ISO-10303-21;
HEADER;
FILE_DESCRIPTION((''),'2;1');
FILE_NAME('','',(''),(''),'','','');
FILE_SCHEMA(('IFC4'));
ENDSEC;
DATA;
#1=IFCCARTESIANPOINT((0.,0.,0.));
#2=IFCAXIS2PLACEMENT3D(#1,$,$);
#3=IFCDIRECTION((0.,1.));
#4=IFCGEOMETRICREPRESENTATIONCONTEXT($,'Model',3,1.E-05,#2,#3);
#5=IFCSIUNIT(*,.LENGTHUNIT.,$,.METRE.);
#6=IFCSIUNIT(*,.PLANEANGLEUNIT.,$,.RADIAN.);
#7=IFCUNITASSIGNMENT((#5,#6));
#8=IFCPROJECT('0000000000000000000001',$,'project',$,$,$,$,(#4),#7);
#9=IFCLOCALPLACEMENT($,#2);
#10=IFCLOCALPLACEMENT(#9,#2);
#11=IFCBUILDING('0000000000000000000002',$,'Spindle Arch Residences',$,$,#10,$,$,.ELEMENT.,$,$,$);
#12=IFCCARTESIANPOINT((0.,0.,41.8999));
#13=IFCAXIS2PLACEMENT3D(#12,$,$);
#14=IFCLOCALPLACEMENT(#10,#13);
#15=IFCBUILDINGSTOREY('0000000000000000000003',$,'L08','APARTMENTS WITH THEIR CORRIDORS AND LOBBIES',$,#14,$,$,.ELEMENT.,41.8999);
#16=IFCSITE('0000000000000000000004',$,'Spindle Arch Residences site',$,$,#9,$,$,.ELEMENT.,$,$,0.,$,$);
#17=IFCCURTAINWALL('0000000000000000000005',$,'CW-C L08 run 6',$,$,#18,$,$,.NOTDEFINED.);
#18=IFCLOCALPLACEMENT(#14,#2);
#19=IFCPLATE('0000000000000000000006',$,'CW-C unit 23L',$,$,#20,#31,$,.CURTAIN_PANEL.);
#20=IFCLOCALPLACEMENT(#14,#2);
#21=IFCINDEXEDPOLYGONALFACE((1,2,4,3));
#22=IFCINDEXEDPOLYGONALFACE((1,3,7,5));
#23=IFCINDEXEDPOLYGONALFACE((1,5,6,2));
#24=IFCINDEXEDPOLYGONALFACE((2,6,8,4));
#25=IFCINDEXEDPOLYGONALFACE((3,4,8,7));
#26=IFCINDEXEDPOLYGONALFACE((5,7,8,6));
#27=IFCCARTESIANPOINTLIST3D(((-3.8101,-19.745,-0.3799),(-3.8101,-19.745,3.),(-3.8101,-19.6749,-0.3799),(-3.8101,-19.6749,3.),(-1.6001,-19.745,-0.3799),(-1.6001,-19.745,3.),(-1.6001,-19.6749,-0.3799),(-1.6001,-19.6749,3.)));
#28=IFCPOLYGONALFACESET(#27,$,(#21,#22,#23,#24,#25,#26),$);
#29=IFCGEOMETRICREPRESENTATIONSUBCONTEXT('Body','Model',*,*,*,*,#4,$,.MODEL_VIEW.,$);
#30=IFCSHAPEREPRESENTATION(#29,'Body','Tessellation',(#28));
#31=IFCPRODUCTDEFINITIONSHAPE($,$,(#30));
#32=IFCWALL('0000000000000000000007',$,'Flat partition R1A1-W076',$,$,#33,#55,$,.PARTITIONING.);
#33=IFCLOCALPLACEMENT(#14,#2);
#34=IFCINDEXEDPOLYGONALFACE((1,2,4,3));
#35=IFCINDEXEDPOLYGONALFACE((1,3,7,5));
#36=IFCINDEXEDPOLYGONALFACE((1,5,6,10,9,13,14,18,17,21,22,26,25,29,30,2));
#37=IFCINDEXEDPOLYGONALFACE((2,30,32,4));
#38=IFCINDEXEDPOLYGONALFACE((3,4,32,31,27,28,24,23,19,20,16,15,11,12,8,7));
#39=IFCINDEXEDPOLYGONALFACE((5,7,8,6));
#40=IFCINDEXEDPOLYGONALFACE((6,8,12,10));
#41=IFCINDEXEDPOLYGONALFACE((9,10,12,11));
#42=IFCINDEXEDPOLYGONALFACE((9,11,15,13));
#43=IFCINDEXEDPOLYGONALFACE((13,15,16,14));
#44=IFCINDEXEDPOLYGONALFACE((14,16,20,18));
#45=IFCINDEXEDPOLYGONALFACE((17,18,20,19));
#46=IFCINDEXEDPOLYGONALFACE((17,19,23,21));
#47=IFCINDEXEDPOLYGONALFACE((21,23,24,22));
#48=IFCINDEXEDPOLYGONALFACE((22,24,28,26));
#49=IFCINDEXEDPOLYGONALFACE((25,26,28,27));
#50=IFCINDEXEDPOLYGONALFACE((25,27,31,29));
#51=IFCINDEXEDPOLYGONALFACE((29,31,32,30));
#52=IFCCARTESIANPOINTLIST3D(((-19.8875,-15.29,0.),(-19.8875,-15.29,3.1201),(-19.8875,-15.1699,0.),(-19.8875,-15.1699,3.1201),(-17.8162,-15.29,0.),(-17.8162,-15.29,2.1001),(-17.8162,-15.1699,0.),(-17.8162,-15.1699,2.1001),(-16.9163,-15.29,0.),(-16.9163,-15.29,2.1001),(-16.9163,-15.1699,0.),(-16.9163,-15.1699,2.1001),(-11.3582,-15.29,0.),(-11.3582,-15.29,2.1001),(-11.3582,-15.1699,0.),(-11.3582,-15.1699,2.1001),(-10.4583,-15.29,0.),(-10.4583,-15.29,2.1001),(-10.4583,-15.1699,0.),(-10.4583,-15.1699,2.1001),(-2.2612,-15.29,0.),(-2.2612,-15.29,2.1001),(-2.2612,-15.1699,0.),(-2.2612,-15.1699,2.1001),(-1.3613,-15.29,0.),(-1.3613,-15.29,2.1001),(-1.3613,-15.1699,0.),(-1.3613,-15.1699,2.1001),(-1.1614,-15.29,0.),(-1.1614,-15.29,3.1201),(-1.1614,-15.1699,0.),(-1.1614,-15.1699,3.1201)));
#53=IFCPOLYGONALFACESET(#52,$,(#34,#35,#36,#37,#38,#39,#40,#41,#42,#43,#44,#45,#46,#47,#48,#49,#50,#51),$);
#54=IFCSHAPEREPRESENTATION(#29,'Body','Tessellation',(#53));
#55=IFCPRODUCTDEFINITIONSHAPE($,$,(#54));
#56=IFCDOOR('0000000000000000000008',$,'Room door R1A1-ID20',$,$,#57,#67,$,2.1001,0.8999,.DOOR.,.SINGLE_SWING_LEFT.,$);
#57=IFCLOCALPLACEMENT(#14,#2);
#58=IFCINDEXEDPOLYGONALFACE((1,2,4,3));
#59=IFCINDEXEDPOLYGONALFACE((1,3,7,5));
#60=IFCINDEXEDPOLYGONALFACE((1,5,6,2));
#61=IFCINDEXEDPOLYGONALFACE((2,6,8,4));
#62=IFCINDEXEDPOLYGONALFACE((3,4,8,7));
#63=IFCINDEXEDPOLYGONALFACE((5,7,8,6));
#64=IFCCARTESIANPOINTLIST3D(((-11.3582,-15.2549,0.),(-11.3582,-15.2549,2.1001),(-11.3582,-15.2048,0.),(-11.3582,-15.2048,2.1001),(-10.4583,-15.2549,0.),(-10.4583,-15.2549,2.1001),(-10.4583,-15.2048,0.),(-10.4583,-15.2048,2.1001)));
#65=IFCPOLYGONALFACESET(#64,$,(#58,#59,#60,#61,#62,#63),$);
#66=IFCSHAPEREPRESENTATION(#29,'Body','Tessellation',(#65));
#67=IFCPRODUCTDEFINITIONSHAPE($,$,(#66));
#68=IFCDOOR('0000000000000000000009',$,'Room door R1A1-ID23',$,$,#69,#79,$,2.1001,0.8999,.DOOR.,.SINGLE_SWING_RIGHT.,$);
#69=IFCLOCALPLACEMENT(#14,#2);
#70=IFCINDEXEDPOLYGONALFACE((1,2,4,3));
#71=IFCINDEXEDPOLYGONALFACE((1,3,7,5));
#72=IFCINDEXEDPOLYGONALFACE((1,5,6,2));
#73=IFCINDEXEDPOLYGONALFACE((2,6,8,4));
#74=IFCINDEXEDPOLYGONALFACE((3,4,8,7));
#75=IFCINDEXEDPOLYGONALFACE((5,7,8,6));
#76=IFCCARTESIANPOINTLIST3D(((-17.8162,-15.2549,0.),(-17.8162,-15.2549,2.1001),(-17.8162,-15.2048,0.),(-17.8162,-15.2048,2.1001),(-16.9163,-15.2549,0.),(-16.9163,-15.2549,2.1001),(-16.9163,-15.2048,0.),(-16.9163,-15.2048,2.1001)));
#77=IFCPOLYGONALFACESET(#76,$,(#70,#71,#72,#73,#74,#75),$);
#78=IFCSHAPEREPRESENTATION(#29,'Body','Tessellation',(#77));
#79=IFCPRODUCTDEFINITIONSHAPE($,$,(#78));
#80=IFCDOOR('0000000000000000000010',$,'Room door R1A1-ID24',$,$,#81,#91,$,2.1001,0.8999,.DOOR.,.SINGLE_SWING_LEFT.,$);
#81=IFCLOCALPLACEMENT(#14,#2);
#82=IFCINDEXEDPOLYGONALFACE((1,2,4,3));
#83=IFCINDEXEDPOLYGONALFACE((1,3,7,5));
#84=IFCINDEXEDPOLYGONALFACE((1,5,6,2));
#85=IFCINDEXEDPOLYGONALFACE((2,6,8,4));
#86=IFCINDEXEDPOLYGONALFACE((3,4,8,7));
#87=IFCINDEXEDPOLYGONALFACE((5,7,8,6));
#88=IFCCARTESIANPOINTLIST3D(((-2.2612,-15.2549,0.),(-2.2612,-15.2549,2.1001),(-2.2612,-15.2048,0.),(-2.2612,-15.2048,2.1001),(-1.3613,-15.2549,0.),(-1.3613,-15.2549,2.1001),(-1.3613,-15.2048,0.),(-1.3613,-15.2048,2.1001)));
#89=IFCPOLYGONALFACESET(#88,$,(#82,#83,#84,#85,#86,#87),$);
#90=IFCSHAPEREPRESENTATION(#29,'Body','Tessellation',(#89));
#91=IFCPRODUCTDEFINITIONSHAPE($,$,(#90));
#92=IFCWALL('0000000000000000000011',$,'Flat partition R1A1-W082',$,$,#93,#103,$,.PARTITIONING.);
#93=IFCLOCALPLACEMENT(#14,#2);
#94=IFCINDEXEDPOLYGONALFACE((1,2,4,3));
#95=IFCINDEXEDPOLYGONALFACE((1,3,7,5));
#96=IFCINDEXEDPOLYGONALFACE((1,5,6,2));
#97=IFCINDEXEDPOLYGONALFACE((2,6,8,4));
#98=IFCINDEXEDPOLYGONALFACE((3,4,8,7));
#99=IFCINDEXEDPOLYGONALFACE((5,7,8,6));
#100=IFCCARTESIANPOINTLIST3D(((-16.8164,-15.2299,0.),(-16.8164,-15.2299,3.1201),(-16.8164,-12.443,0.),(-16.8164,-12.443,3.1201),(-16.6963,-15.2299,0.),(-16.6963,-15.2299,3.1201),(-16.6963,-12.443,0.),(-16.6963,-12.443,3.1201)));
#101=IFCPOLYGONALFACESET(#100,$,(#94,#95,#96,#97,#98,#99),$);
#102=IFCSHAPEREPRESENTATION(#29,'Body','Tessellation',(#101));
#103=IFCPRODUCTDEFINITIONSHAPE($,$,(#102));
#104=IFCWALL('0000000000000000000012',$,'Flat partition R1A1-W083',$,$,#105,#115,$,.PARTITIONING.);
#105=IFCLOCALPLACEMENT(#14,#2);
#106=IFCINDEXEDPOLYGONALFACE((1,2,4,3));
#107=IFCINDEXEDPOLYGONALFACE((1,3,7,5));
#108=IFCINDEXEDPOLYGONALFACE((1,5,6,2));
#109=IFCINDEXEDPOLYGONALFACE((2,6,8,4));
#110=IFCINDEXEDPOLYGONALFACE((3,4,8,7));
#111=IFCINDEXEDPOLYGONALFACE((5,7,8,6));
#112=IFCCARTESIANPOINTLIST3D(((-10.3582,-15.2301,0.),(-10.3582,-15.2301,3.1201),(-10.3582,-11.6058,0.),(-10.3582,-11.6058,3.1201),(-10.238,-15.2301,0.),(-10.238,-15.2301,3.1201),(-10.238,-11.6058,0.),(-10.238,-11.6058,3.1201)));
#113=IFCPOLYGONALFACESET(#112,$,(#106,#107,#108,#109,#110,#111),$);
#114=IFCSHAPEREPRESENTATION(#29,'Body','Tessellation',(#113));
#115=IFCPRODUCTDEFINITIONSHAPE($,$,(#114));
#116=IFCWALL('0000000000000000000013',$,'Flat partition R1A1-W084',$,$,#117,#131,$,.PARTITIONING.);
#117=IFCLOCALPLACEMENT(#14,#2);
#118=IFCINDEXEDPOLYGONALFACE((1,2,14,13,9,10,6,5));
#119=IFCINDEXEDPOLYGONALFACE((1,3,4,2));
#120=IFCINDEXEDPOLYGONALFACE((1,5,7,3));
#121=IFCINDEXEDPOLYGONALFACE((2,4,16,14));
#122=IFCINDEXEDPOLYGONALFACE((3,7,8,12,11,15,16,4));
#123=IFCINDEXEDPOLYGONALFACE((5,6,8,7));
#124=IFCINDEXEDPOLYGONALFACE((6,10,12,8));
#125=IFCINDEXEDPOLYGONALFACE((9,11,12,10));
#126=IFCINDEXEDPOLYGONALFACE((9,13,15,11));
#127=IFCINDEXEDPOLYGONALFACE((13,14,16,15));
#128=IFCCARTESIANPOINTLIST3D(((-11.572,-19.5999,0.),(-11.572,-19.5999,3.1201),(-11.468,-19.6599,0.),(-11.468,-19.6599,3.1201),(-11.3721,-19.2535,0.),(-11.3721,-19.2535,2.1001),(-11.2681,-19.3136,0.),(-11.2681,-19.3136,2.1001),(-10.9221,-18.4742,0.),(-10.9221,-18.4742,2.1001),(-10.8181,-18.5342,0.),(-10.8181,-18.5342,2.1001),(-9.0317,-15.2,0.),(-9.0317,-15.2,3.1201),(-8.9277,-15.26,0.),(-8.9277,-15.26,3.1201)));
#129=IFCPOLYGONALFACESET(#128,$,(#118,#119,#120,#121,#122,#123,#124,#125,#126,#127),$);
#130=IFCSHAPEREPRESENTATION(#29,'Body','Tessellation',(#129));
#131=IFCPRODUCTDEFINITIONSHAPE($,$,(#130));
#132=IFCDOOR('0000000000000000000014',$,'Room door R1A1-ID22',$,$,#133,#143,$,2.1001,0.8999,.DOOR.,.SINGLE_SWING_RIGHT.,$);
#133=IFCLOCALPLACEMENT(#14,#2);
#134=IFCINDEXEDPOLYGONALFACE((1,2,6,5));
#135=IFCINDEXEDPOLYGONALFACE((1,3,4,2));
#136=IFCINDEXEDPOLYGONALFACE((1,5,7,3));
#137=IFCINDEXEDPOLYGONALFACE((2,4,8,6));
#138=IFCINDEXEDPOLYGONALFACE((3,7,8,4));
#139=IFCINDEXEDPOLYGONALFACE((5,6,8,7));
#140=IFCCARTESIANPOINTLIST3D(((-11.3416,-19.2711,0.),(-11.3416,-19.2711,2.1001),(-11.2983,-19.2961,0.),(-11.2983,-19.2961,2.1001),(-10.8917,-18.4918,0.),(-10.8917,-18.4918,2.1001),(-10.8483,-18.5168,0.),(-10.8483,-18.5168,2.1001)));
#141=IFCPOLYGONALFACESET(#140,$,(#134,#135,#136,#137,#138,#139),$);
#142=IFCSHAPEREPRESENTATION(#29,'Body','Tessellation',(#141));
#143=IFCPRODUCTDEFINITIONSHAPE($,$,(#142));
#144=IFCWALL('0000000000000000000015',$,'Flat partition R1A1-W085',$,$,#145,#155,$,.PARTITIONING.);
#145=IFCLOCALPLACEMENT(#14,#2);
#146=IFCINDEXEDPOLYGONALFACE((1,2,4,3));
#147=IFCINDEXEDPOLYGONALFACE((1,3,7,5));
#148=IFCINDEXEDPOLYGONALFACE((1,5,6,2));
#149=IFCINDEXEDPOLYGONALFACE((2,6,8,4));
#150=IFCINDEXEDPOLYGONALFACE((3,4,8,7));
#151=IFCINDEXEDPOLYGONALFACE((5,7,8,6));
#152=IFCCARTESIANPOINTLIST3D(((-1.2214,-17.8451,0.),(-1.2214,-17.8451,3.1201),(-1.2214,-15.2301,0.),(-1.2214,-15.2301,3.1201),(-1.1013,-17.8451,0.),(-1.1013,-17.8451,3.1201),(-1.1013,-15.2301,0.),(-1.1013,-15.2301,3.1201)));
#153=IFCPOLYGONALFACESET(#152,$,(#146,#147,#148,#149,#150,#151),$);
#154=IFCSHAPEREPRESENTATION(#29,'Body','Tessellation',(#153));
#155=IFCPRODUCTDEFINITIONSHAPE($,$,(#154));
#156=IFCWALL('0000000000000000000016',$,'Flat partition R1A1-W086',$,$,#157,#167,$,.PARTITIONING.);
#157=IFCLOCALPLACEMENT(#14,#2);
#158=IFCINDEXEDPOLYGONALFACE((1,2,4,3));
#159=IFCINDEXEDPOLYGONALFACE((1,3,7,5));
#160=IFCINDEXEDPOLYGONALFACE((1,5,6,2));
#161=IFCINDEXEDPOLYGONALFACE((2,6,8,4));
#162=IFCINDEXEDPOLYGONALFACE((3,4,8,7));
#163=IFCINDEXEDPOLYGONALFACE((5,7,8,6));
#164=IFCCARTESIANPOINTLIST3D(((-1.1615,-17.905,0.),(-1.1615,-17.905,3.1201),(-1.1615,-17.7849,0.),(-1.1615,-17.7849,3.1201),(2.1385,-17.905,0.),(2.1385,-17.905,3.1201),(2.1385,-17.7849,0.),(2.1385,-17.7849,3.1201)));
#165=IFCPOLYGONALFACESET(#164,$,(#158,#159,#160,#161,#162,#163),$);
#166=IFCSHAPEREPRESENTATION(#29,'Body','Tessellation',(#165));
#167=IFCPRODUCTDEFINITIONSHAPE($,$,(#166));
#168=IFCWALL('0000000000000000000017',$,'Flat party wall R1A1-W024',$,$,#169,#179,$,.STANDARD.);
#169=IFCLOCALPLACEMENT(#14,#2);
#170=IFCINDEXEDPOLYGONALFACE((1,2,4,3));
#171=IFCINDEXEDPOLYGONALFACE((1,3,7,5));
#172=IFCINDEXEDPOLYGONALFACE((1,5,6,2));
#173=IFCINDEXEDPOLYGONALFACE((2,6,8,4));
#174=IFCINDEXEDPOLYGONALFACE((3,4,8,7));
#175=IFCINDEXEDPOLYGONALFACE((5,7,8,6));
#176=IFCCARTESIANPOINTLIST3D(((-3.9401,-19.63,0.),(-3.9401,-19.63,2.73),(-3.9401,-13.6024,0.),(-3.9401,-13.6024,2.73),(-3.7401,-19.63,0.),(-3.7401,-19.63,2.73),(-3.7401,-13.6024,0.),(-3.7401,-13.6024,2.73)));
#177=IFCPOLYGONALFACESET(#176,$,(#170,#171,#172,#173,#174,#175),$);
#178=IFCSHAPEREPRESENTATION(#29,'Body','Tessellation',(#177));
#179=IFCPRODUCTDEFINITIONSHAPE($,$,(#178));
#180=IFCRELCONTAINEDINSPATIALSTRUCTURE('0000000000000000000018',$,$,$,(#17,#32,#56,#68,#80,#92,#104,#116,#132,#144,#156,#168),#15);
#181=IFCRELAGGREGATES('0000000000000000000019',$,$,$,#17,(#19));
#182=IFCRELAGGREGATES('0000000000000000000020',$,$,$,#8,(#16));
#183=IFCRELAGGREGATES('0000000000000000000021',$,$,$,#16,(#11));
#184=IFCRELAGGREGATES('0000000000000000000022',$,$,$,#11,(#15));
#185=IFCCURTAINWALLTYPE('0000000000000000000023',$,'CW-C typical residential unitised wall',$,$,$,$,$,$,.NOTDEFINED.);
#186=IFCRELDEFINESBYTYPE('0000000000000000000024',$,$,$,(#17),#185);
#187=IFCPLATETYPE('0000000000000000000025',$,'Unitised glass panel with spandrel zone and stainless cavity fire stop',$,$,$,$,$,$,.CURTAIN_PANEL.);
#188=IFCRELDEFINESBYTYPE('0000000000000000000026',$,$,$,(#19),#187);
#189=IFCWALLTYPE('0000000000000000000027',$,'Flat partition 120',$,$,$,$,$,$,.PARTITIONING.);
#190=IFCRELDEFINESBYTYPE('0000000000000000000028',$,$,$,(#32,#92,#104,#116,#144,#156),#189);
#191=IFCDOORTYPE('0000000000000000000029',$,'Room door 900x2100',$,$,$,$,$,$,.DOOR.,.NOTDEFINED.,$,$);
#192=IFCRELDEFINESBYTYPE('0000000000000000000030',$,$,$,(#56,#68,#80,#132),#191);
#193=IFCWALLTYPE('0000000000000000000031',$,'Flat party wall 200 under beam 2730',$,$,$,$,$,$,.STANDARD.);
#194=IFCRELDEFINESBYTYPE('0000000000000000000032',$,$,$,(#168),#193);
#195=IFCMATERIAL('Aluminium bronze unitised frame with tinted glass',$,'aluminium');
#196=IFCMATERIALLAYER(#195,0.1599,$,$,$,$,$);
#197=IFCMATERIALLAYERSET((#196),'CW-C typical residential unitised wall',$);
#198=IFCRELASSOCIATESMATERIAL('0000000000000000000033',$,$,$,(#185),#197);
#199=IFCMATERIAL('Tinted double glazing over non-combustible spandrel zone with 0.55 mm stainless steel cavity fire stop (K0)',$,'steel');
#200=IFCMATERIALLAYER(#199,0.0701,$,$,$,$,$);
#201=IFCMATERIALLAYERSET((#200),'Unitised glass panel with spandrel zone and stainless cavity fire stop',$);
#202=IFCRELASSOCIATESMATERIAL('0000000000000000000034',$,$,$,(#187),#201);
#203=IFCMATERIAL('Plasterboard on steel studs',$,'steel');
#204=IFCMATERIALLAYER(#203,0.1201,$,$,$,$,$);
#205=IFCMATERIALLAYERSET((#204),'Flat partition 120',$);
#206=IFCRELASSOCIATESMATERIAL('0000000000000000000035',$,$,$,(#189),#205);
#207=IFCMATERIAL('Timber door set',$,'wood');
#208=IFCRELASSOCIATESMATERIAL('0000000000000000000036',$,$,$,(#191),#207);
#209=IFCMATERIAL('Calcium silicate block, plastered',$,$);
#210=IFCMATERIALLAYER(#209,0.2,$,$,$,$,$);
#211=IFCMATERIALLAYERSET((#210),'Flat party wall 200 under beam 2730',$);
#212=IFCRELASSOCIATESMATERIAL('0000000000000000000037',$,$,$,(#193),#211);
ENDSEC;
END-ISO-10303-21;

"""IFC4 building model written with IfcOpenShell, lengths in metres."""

from ifc_helpers import new_model, si_unit, direction, frame, frame_2d, origin, origin_2d, place, context, subcontext, project, spatial, rectangle, extrude, material, layer, layer_set, type_object, element, fill, aggregate, save


model = new_model("IFC4")

# Units and contexts
model_context = context("Model", 3, precision=1e-05, world=origin(), true_north=direction((0.0, 1.0)))
body_context = subcontext(model_context, "Body", "Model", "MODEL_VIEW")
ifc_project = project(units=[si_unit("LENGTHUNIT", "METRE"), si_unit("PLANEANGLEUNIT", "RADIAN")], contexts=[model_context])

# Site, building, storey
site_placement = place(None, origin())
site = spatial("IfcSite", under=ifc_project, at=site_placement, Name="Spindle Arch Residences site", CompositionType="ELEMENT", RefElevation=0.0)
building_placement = place(site_placement, origin())
building = spatial("IfcBuilding", under=site, at=building_placement, Name="Spindle Arch Residences", CompositionType="ELEMENT")
storey_placement = place(building_placement, frame((0.0, 0.0, 41.8999)))
storey = spatial("IfcBuildingStorey", under=building, at=storey_placement, Name="L08", Description="APARTMENTS WITH THEIR CORRIDORS AND LOBBIES", CompositionType="ELEMENT", Elevation=41.8999)

# Curtain wall
ifc_material_1 = material(Name="Aluminium bronze unitised frame with tinted glass", Category="aluminium")
ifc_layer_1 = layer(ifc_material_1, 0.1599)
ifc_layer_set_1 = layer_set([ifc_layer_1], Name="CW-C typical residential unitised wall")
curtain_wall_type = type_object("IfcCurtainWallType", Name="CW-C typical residential unitised wall", PredefinedType="NOTDEFINED", material=ifc_layer_set_1)
curtain_wall_placement = place(storey_placement, origin())
curtain_wall = element("IfcCurtainWall", 1, at=curtain_wall_placement, inside=storey, type_object=curtain_wall_type, Name="CW-C L08 run 6", PredefinedType="NOTDEFINED")

# Plate
ifc_material_2 = material(Name="Tinted double glazing over non-combustible spandrel zone with 0.55 mm stainless steel cavity fire stop (K0)", Category="steel")
ifc_layer_2 = layer(ifc_material_2, 0.0701)
ifc_layer_set_2 = layer_set([ifc_layer_2], Name="Unitised glass panel with spandrel zone and stainless cavity fire stop")
plate_type = type_object("IfcPlateType", Name="Unitised glass panel with spandrel zone and stainless cavity fire stop", PredefinedType="CURTAIN_PANEL", material=ifc_layer_set_2)
plate_1_placement = place(storey_placement, frame((-2.7051, -19.71, -0.3799), z_axis=(0.0, 0.0, 1.0), x_axis=(1.0, 0.0, 0.0)))
plate_1 = element("IfcPlate", 2, at=plate_1_placement, type_object=plate_type, Name="CW-C unit 23L", PredefinedType="CURTAIN_PANEL", context=body_context, shape_type="SweptSolid", body=[
    extrude(rectangle(XDim=2.21, YDim=0.0701, at=origin_2d()), origin(), (0.0, 0.0, 1.0), 3.3799),
])
aggregate(curtain_wall, [plate_1])

# Wall, openings, doors
ifc_material_3 = material(Name="Plasterboard on steel studs", Category="steel")
ifc_layer_3 = layer(ifc_material_3, 0.1201)
ifc_layer_set_3 = layer_set([ifc_layer_3], Name="Flat partition 120")
wall_type_1 = type_object("IfcWallType", Name="Flat partition 120", PredefinedType="PARTITIONING", material=ifc_layer_set_3)
wall_1_placement = place(storey_placement, frame((-1.1614, -15.23, 0.0), z_axis=(0.0, 0.0, 1.0), x_axis=(-1.0, 0.0, 0.0)))
wall_1 = element("IfcWall", 3, at=wall_1_placement, inside=storey, type_object=wall_type_1, Name="Flat partition R1A1-W076", PredefinedType="PARTITIONING", context=body_context, shape_type="SweptSolid", body=[
    extrude(rectangle(XDim=18.7261, YDim=0.1201, at=frame_2d((9.363, 0.0))), origin(), (0.0, 0.0, 1.0), 3.1201),
])
opening_1_placement = place(wall_1_placement, frame((9.2969, 0.0, 0.0)))
opening_1 = element("IfcOpeningElement", 4, at=opening_1_placement, cuts=wall_1, PredefinedType="OPENING", context=body_context, shape_type="SweptSolid", body=[
    extrude(rectangle(XDim=0.8999, YDim=2.1001, at=frame_2d((0.45, 1.05))), frame((0.0, 0.0701, 0.0), z_axis=(0.0, -1.0, 0.0), x_axis=(1.0, 0.0, 0.0)), (0.0, 0.0, 1.0), 0.1401),
])
opening_2_placement = place(wall_1_placement, frame((15.7549, 0.0, 0.0)))
opening_2 = element("IfcOpeningElement", 5, at=opening_2_placement, cuts=wall_1, PredefinedType="OPENING", context=body_context, shape_type="SweptSolid", body=[
    extrude(rectangle(XDim=0.8999, YDim=2.1001, at=frame_2d((0.45, 1.05))), frame((0.0, 0.0701, 0.0), z_axis=(0.0, -1.0, 0.0), x_axis=(1.0, 0.0, 0.0)), (0.0, 0.0, 1.0), 0.1401),
])
opening_3_placement = place(wall_1_placement, frame((0.2, 0.0, 0.0)))
opening_3 = element("IfcOpeningElement", 6, at=opening_3_placement, cuts=wall_1, PredefinedType="OPENING", context=body_context, shape_type="SweptSolid", body=[
    extrude(rectangle(XDim=0.8999, YDim=2.1001, at=frame_2d((0.45, 1.05))), frame((0.0, 0.0701, 0.0), z_axis=(0.0, -1.0, 0.0), x_axis=(1.0, 0.0, 0.0)), (0.0, 0.0, 1.0), 0.1401),
])
ifc_material_4 = material(Name="Timber door set", Category="wood")
door_type_1 = type_object("IfcDoorType", Name="Room door 900x2100", OperationType="NOTDEFINED", PredefinedType="DOOR", material=ifc_material_4)
door_1_placement = place(opening_1_placement, origin())
door_1 = element("IfcDoor", 7, at=door_1_placement, inside=storey, type_object=door_type_1, Name="Room door R1A1-ID20", OperationType="SINGLE_SWING_LEFT", OverallHeight=2.1001, OverallWidth=0.8999, PredefinedType="DOOR", context=body_context, shape_type="SweptSolid", body=[
    extrude(rectangle(XDim=0.8999, YDim=2.1001, at=frame_2d((0.45, 1.05))), frame((0.0, 0.0249, 0.0), z_axis=(0.0, -1.0, 0.0), x_axis=(1.0, 0.0, 0.0)), (0.0, 0.0, 1.0), 0.05),
])
fill(opening_1, door_1)
door_2_placement = place(opening_2_placement, origin())
door_2 = element("IfcDoor", 8, at=door_2_placement, inside=storey, type_object=door_type_1, Name="Room door R1A1-ID23", OperationType="SINGLE_SWING_RIGHT", OverallHeight=2.1001, OverallWidth=0.8999, PredefinedType="DOOR", context=body_context, shape_type="SweptSolid", body=[
    extrude(rectangle(XDim=0.8999, YDim=2.1001, at=frame_2d((0.45, 1.05))), frame((0.0, 0.0249, 0.0), z_axis=(0.0, -1.0, 0.0), x_axis=(1.0, 0.0, 0.0)), (0.0, 0.0, 1.0), 0.05),
])
fill(opening_2, door_2)
door_3_placement = place(opening_3_placement, origin())
door_3 = element("IfcDoor", 9, at=door_3_placement, inside=storey, type_object=door_type_1, Name="Room door R1A1-ID24", OperationType="SINGLE_SWING_LEFT", OverallHeight=2.1001, OverallWidth=0.8999, PredefinedType="DOOR", context=body_context, shape_type="SweptSolid", body=[
    extrude(rectangle(XDim=0.8999, YDim=2.1001, at=frame_2d((0.45, 1.05))), frame((0.0, 0.0249, 0.0), z_axis=(0.0, -1.0, 0.0), x_axis=(1.0, 0.0, 0.0)), (0.0, 0.0, 1.0), 0.05),
])
fill(opening_3, door_3)

# Walls
wall_2_placement = place(storey_placement, frame((-16.7563, -15.23, 0.0), z_axis=(0.0, 0.0, 1.0), x_axis=(0.0, 1.0, 0.0)))
element("IfcWall", 10, at=wall_2_placement, inside=storey, type_object=wall_type_1, Name="Flat partition R1A1-W082", PredefinedType="PARTITIONING", context=body_context, shape_type="SweptSolid", body=[
    extrude(rectangle(XDim=2.7869, YDim=0.1201, at=frame_2d((1.3936, 0.0))), origin(), (0.0, 0.0, 1.0), 3.1201),
])
wall_3_placement = place(storey_placement, frame((-10.2981, -15.23, 0.0), z_axis=(0.0, 0.0, 1.0), x_axis=(0.0, 1.0, 0.0)))
element("IfcWall", 11, at=wall_3_placement, inside=storey, type_object=wall_type_1, Name="Flat partition R1A1-W083", PredefinedType="PARTITIONING", context=body_context, shape_type="SweptSolid", body=[
    extrude(rectangle(XDim=3.6243, YDim=0.1201, at=frame_2d((1.812, 0.0))), origin(), (0.0, 0.0, 1.0), 3.1201),
])

# Wall, opening, door
wall_4_placement = place(storey_placement, frame((-11.52, -19.6299, 0.0), z_axis=(0.0, 0.0, 1.0), x_axis=(0.5, 0.866026, 0.0)))
wall_4 = element("IfcWall", 12, at=wall_4_placement, inside=storey, type_object=wall_type_1, Name="Flat partition R1A1-W084", PredefinedType="PARTITIONING", context=body_context, shape_type="SweptSolid", body=[
    extrude(rectangle(XDim=5.0806, YDim=0.1201, at=frame_2d((2.5403, 0.0))), origin(), (0.0, 0.0, 1.0), 3.1201),
])
opening_4_placement = place(wall_4_placement, frame((0.3999, 0.0, 0.0)))
opening_4 = element("IfcOpeningElement", 13, at=opening_4_placement, cuts=wall_4, PredefinedType="OPENING", context=body_context, shape_type="SweptSolid", body=[
    extrude(rectangle(XDim=0.8999, YDim=2.1001, at=frame_2d((0.45, 1.05))), frame((0.0, 0.0701, 0.0), z_axis=(0.0, -1.0, 0.0), x_axis=(1.0, 0.0, 0.0)), (0.0, 0.0, 1.0), 0.1401),
])
door_4_placement = place(opening_4_placement, origin())
door_4 = element("IfcDoor", 14, at=door_4_placement, inside=storey, type_object=door_type_1, Name="Room door R1A1-ID22", OperationType="SINGLE_SWING_RIGHT", OverallHeight=2.1001, OverallWidth=0.8999, PredefinedType="DOOR", context=body_context, shape_type="SweptSolid", body=[
    extrude(rectangle(XDim=0.8999, YDim=2.1001, at=frame_2d((0.45, 1.05))), frame((0.0, 0.0249, 0.0), z_axis=(0.0, -1.0, 0.0), x_axis=(1.0, 0.0, 0.0)), (0.0, 0.0, 1.0), 0.05),
])
fill(opening_4, door_4)

# Walls
wall_5_placement = place(storey_placement, frame((-1.1614, -15.23, 0.0), z_axis=(0.0, 0.0, 1.0), x_axis=(0.0, -1.0, 0.0)))
element("IfcWall", 15, at=wall_5_placement, inside=storey, type_object=wall_type_1, Name="Flat partition R1A1-W085", PredefinedType="PARTITIONING", context=body_context, shape_type="SweptSolid", body=[
    extrude(rectangle(XDim=2.615, YDim=0.1201, at=frame_2d((1.3076, 0.0))), origin(), (0.0, 0.0, 1.0), 3.1201),
])
wall_6_placement = place(storey_placement, frame((-1.1614, -17.845, 0.0), z_axis=(0.0, 0.0, 1.0), x_axis=(1.0, 0.0, 0.0)))
element("IfcWall", 16, at=wall_6_placement, inside=storey, type_object=wall_type_1, Name="Flat partition R1A1-W086", PredefinedType="PARTITIONING", context=body_context, shape_type="SweptSolid", body=[
    extrude(rectangle(XDim=3.3, YDim=0.1201, at=frame_2d((1.6499, 0.0))), origin(), (0.0, 0.0, 1.0), 3.1201),
])
ifc_material_5 = material(Name="Calcium silicate block, plastered")
ifc_layer_4 = layer(ifc_material_5, 0.2)
ifc_layer_set_4 = layer_set([ifc_layer_4], Name="Flat party wall 200 under beam 2730")
wall_type_2 = type_object("IfcWallType", Name="Flat party wall 200 under beam 2730", PredefinedType="STANDARD", material=ifc_layer_set_4)
wall_7_placement = place(storey_placement, frame((-3.8401, -19.6299, 0.0), z_axis=(0.0, 0.0, 1.0), x_axis=(0.0, 1.0, 0.0)))
element("IfcWall", 17, at=wall_7_placement, inside=storey, type_object=wall_type_2, Name="Flat party wall R1A1-W024", PredefinedType="STANDARD", context=body_context, shape_type="SweptSolid", body=[
    extrude(rectangle(XDim=6.0276, YDim=0.2, at=frame_2d((3.0137, 0.0))), origin(), (0.0, 0.0, 1.0), 2.73),
])

save(model, "model.ifc")
